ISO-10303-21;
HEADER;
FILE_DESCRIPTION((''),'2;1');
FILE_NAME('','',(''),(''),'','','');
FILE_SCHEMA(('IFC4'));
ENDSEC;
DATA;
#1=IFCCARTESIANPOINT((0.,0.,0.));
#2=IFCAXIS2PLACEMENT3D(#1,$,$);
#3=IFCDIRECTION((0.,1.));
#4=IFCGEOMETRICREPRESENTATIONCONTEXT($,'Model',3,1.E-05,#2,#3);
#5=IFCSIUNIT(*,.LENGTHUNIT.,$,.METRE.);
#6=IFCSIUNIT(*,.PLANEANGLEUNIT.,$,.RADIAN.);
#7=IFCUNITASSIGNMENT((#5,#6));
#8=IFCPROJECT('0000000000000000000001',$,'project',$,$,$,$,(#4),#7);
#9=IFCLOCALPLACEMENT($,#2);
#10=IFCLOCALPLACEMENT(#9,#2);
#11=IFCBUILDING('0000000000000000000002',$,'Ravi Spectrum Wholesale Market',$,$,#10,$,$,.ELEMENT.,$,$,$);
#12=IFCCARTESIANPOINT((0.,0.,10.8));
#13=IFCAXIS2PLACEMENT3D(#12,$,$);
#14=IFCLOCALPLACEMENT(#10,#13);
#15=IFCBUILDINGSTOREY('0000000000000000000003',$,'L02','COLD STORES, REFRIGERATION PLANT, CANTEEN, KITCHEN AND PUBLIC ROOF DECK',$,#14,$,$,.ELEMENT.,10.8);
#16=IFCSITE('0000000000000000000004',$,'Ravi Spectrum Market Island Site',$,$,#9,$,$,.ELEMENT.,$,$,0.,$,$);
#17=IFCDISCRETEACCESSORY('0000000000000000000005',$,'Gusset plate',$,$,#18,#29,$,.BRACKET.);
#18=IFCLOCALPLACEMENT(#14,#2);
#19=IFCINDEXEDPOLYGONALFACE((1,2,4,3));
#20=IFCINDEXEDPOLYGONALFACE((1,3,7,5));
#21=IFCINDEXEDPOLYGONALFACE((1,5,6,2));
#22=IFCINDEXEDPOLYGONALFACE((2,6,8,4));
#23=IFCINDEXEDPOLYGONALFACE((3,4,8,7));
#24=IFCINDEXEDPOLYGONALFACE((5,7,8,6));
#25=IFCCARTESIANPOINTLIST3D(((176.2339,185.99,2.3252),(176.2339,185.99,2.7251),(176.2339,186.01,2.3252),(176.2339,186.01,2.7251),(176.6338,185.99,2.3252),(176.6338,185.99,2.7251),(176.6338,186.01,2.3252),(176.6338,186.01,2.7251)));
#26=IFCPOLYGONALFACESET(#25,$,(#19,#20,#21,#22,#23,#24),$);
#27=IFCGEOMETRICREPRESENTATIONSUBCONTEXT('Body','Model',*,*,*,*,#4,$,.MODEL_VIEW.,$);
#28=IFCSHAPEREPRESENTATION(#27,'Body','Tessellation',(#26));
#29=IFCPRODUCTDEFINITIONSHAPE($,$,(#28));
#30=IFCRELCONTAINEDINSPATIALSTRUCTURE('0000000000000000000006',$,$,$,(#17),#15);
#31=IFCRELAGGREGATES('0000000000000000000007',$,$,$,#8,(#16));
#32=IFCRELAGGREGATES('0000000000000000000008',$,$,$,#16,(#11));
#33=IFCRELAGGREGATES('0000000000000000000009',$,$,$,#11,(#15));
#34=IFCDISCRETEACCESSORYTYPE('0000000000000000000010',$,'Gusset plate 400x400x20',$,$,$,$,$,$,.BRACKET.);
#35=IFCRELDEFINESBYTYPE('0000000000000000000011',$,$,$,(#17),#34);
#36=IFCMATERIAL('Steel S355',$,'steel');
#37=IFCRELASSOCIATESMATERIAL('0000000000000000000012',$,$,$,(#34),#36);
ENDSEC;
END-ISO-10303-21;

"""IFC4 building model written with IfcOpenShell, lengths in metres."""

from ifc_helpers import new_model, si_unit, direction, frame, origin, origin_2d, place, context, subcontext, project, spatial, rectangle, extrude, material, material_profile, profile_set, type_object, element, save


model = new_model("IFC4")

# Units and contexts
model_context = context("Model", 3, precision=1e-05, world=origin(), true_north=direction((0.0, 1.0)))
body_context = subcontext(model_context, "Body", "Model", "MODEL_VIEW")
ifc_project = project(units=[si_unit("LENGTHUNIT", "METRE"), si_unit("PLANEANGLEUNIT", "RADIAN")], contexts=[model_context])

# Site, building, storey
site_placement = place(None, origin())
site = spatial("IfcSite", under=ifc_project, at=site_placement, Name="Ravi Spectrum Market Island Site", CompositionType="ELEMENT", RefElevation=0.0)
building_placement = place(site_placement, origin())
building = spatial("IfcBuilding", under=site, at=building_placement, Name="Ravi Spectrum Wholesale Market", CompositionType="ELEMENT")
storey_placement = place(building_placement, frame((0.0, 0.0, 10.8)))
storey = spatial("IfcBuildingStorey", under=building, at=storey_placement, Name="L02", Description="COLD STORES, REFRIGERATION PLANT, CANTEEN, KITCHEN AND PUBLIC ROOF DECK", CompositionType="ELEMENT", Elevation=10.8)

# Discrete accessory
ifc_material_1 = material(Name="Steel S355", Category="steel")
ifc_material_profile_1 = material_profile(ifc_material_1, rectangle(XDim=0.3999, YDim=0.02, at=origin_2d()))
ifc_profile_set_1 = profile_set([ifc_material_profile_1], Name="Steel S355")
discrete_accessory_type_1 = type_object("IfcDiscreteAccessoryType", Name="Gusset plate 400x400x20", PredefinedType="BRACKET", material=ifc_profile_set_1)
for number, where, z_axis, x_axis, name in (
    (1, (176.4338, 186.0, 2.3252), (0.0, 0.0, 1.0), (1.0, 0.0, 0.0), "Gusset plate"),
):
    element("IfcDiscreteAccessory", number, at=place(storey_placement, frame(where, z_axis=z_axis, x_axis=x_axis)), inside=storey, type_object=discrete_accessory_type_1, Name=name, PredefinedType="BRACKET", context=body_context, shape_type="SweptSolid", body=[
        extrude(rectangle(XDim=0.3999, YDim=0.02, at=origin_2d()), origin(), (0.0, 0.0, 1.0), 0.3999),
    ])

save(model, "model.ifc")
